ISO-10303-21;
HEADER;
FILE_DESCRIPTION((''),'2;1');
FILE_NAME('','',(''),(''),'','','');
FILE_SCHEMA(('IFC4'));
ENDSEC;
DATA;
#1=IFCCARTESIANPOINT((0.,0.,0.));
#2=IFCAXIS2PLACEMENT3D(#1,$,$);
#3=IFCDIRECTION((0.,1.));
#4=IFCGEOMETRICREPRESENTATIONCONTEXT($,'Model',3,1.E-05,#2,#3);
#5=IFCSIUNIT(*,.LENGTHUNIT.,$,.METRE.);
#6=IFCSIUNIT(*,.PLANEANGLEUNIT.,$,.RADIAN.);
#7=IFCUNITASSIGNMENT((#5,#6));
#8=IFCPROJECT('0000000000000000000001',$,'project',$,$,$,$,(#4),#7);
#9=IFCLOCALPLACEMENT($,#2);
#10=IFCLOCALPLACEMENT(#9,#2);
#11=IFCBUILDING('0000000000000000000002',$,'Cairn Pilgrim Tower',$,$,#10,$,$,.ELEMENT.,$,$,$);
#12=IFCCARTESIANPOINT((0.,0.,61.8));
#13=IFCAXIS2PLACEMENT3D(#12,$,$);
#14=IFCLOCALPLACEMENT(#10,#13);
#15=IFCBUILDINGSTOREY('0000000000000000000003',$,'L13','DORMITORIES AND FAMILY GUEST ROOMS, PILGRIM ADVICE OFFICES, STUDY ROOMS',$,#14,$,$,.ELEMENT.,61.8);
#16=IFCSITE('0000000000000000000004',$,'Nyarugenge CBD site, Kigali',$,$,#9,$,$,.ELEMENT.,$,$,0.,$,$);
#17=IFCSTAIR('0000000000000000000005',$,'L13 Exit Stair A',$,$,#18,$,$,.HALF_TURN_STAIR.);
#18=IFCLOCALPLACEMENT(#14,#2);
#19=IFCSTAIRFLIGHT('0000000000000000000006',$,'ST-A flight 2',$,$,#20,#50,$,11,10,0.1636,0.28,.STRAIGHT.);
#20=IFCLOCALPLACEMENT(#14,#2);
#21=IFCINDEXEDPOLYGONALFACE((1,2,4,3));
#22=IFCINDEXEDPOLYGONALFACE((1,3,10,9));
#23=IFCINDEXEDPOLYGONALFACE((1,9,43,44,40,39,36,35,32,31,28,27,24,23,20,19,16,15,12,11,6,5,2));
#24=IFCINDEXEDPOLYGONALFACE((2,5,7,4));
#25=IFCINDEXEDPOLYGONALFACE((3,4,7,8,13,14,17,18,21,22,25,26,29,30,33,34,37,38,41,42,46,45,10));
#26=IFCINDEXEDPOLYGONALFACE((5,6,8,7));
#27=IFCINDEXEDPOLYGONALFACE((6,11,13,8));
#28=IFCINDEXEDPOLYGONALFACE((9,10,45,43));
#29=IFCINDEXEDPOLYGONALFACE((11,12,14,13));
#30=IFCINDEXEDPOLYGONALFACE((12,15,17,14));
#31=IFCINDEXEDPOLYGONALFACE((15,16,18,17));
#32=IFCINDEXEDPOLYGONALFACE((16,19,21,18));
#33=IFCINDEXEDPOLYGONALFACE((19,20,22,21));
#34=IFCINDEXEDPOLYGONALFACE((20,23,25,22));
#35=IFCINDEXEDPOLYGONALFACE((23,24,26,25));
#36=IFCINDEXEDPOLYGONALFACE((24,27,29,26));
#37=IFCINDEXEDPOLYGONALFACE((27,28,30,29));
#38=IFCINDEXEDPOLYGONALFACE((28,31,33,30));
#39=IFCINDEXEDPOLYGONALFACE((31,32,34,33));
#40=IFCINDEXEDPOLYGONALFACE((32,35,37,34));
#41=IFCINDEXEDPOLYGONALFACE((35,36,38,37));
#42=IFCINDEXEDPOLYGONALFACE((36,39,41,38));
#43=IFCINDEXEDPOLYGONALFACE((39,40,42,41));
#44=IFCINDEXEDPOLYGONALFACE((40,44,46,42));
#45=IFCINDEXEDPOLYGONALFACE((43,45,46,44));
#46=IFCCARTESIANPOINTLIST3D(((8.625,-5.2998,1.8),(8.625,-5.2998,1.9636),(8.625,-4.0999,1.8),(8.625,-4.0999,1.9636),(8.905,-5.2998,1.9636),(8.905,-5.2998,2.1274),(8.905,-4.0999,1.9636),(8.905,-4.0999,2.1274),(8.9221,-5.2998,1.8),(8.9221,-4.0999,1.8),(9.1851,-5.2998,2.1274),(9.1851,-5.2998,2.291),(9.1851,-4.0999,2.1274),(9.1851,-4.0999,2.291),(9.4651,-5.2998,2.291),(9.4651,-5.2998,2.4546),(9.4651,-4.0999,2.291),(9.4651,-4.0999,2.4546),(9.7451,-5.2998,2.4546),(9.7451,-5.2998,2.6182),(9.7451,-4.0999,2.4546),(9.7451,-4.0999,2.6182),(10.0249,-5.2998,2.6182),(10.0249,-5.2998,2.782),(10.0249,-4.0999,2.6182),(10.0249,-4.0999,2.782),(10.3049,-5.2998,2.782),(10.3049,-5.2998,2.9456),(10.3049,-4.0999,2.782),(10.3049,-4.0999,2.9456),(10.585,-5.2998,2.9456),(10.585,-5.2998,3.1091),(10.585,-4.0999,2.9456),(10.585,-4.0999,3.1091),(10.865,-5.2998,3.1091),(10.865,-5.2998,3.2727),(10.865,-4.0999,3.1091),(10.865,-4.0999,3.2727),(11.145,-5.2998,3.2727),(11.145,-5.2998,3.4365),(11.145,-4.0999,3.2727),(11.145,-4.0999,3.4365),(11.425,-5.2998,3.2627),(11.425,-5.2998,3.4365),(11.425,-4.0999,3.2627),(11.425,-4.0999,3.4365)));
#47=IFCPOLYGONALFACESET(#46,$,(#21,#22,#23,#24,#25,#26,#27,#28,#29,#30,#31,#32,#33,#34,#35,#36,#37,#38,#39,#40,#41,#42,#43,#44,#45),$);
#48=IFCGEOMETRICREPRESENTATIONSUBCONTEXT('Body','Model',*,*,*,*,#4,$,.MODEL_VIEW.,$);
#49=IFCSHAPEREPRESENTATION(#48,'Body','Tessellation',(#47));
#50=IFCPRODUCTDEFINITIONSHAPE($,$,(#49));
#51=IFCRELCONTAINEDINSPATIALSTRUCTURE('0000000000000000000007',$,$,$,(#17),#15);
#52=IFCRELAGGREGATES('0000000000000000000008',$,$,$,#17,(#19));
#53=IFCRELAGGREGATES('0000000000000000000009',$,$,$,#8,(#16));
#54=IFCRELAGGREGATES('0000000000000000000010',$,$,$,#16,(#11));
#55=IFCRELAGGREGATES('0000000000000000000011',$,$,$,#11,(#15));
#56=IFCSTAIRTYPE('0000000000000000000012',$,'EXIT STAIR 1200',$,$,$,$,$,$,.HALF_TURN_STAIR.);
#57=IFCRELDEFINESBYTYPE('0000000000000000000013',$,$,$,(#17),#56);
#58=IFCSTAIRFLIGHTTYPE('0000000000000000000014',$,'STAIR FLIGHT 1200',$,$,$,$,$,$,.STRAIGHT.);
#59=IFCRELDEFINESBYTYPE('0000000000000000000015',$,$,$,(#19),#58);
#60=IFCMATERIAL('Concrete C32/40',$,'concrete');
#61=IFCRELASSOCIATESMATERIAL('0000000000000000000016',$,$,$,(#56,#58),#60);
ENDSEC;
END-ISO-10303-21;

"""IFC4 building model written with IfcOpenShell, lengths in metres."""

from ifc_helpers import new_model, si_unit, direction, frame, origin, place, context, subcontext, project, spatial, polyline, outline, extrude, material, type_object, element, aggregate, save


model = new_model("IFC4")

# Units and contexts
model_context = context("Model", 3, precision=1e-05, world=origin(), true_north=direction((0.0, 1.0)))
body_context = subcontext(model_context, "Body", "Model", "MODEL_VIEW")
ifc_project = project(units=[si_unit("LENGTHUNIT", "METRE"), si_unit("PLANEANGLEUNIT", "RADIAN")], contexts=[model_context])

# Site, building, storey
site_placement = place(None, origin())
site = spatial("IfcSite", under=ifc_project, at=site_placement, Name="Nyarugenge CBD site, Kigali", CompositionType="ELEMENT", RefElevation=0.0)
building_placement = place(site_placement, origin())
building = spatial("IfcBuilding", under=site, at=building_placement, Name="Cairn Pilgrim Tower", CompositionType="ELEMENT")
storey_placement = place(building_placement, frame((0.0, 0.0, 61.8)))
storey = spatial("IfcBuildingStorey", under=building, at=storey_placement, Name="L13", Description="DORMITORIES AND FAMILY GUEST ROOMS, PILGRIM ADVICE OFFICES, STUDY ROOMS", CompositionType="ELEMENT", Elevation=61.8)

# Shared definitions
ifc_material_1 = material(Name="Concrete C32/40", Category="concrete")

# Stair, stair flight
stair_type = type_object("IfcStairType", Name="EXIT STAIR 1200", PredefinedType="HALF_TURN_STAIR", material=ifc_material_1)
stair_placement = place(storey_placement, origin())
stair = element("IfcStair", 1, at=stair_placement, inside=storey, type_object=stair_type, Name="L13 Exit Stair A", PredefinedType="HALF_TURN_STAIR")
stair_flight_type = type_object("IfcStairFlightType", Name="STAIR FLIGHT 1200", PredefinedType="STRAIGHT", material=ifc_material_1)
stair_flight_1_placement = place(storey_placement, frame((8.625, -4.7, 1.8), z_axis=(0.0, 0.0, 1.0), x_axis=(1.0, 0.0, 0.0)))
stair_flight_1 = element("IfcStairFlight", 2, at=stair_flight_1_placement, type_object=stair_flight_type, Name="ST-A flight 2", NumberOfRisers=11, NumberOfTreads=10, PredefinedType="STRAIGHT", RiserHeight=0.1636, TreadLength=0.28, context=body_context, shape_type="SweptSolid", body=[
    extrude(outline(polyline([(0.0, 0.0), (0.0, 0.1636), (0.28, 0.1636), (0.28, 0.3274), (0.5601, 0.3274), (0.5601, 0.491), (0.8401, 0.491), (0.8401, 0.6545), (1.1201, 0.6545), (1.1201, 0.8181), (1.3999, 0.8181), (1.3999, 0.9819), (1.6799, 0.9819), (1.6799, 1.1455), (1.96, 1.1455), (1.96, 1.3091), (2.24, 1.3091), (2.24, 1.4727), (2.52, 1.4727), (2.52, 1.6365), (2.8, 1.6365), (2.8, 1.8), (2.8, 1.4626), (0.2971, 0.0), (0.0, 0.0)])), frame((0.0, 0.6001, 0.0), z_axis=(0.0, -1.0, 0.0), x_axis=(1.0, 0.0, 0.0)), (0.0, 0.0, 1.0), 1.2),
])
aggregate(stair, [stair_flight_1])

save(model, "model.ifc")
